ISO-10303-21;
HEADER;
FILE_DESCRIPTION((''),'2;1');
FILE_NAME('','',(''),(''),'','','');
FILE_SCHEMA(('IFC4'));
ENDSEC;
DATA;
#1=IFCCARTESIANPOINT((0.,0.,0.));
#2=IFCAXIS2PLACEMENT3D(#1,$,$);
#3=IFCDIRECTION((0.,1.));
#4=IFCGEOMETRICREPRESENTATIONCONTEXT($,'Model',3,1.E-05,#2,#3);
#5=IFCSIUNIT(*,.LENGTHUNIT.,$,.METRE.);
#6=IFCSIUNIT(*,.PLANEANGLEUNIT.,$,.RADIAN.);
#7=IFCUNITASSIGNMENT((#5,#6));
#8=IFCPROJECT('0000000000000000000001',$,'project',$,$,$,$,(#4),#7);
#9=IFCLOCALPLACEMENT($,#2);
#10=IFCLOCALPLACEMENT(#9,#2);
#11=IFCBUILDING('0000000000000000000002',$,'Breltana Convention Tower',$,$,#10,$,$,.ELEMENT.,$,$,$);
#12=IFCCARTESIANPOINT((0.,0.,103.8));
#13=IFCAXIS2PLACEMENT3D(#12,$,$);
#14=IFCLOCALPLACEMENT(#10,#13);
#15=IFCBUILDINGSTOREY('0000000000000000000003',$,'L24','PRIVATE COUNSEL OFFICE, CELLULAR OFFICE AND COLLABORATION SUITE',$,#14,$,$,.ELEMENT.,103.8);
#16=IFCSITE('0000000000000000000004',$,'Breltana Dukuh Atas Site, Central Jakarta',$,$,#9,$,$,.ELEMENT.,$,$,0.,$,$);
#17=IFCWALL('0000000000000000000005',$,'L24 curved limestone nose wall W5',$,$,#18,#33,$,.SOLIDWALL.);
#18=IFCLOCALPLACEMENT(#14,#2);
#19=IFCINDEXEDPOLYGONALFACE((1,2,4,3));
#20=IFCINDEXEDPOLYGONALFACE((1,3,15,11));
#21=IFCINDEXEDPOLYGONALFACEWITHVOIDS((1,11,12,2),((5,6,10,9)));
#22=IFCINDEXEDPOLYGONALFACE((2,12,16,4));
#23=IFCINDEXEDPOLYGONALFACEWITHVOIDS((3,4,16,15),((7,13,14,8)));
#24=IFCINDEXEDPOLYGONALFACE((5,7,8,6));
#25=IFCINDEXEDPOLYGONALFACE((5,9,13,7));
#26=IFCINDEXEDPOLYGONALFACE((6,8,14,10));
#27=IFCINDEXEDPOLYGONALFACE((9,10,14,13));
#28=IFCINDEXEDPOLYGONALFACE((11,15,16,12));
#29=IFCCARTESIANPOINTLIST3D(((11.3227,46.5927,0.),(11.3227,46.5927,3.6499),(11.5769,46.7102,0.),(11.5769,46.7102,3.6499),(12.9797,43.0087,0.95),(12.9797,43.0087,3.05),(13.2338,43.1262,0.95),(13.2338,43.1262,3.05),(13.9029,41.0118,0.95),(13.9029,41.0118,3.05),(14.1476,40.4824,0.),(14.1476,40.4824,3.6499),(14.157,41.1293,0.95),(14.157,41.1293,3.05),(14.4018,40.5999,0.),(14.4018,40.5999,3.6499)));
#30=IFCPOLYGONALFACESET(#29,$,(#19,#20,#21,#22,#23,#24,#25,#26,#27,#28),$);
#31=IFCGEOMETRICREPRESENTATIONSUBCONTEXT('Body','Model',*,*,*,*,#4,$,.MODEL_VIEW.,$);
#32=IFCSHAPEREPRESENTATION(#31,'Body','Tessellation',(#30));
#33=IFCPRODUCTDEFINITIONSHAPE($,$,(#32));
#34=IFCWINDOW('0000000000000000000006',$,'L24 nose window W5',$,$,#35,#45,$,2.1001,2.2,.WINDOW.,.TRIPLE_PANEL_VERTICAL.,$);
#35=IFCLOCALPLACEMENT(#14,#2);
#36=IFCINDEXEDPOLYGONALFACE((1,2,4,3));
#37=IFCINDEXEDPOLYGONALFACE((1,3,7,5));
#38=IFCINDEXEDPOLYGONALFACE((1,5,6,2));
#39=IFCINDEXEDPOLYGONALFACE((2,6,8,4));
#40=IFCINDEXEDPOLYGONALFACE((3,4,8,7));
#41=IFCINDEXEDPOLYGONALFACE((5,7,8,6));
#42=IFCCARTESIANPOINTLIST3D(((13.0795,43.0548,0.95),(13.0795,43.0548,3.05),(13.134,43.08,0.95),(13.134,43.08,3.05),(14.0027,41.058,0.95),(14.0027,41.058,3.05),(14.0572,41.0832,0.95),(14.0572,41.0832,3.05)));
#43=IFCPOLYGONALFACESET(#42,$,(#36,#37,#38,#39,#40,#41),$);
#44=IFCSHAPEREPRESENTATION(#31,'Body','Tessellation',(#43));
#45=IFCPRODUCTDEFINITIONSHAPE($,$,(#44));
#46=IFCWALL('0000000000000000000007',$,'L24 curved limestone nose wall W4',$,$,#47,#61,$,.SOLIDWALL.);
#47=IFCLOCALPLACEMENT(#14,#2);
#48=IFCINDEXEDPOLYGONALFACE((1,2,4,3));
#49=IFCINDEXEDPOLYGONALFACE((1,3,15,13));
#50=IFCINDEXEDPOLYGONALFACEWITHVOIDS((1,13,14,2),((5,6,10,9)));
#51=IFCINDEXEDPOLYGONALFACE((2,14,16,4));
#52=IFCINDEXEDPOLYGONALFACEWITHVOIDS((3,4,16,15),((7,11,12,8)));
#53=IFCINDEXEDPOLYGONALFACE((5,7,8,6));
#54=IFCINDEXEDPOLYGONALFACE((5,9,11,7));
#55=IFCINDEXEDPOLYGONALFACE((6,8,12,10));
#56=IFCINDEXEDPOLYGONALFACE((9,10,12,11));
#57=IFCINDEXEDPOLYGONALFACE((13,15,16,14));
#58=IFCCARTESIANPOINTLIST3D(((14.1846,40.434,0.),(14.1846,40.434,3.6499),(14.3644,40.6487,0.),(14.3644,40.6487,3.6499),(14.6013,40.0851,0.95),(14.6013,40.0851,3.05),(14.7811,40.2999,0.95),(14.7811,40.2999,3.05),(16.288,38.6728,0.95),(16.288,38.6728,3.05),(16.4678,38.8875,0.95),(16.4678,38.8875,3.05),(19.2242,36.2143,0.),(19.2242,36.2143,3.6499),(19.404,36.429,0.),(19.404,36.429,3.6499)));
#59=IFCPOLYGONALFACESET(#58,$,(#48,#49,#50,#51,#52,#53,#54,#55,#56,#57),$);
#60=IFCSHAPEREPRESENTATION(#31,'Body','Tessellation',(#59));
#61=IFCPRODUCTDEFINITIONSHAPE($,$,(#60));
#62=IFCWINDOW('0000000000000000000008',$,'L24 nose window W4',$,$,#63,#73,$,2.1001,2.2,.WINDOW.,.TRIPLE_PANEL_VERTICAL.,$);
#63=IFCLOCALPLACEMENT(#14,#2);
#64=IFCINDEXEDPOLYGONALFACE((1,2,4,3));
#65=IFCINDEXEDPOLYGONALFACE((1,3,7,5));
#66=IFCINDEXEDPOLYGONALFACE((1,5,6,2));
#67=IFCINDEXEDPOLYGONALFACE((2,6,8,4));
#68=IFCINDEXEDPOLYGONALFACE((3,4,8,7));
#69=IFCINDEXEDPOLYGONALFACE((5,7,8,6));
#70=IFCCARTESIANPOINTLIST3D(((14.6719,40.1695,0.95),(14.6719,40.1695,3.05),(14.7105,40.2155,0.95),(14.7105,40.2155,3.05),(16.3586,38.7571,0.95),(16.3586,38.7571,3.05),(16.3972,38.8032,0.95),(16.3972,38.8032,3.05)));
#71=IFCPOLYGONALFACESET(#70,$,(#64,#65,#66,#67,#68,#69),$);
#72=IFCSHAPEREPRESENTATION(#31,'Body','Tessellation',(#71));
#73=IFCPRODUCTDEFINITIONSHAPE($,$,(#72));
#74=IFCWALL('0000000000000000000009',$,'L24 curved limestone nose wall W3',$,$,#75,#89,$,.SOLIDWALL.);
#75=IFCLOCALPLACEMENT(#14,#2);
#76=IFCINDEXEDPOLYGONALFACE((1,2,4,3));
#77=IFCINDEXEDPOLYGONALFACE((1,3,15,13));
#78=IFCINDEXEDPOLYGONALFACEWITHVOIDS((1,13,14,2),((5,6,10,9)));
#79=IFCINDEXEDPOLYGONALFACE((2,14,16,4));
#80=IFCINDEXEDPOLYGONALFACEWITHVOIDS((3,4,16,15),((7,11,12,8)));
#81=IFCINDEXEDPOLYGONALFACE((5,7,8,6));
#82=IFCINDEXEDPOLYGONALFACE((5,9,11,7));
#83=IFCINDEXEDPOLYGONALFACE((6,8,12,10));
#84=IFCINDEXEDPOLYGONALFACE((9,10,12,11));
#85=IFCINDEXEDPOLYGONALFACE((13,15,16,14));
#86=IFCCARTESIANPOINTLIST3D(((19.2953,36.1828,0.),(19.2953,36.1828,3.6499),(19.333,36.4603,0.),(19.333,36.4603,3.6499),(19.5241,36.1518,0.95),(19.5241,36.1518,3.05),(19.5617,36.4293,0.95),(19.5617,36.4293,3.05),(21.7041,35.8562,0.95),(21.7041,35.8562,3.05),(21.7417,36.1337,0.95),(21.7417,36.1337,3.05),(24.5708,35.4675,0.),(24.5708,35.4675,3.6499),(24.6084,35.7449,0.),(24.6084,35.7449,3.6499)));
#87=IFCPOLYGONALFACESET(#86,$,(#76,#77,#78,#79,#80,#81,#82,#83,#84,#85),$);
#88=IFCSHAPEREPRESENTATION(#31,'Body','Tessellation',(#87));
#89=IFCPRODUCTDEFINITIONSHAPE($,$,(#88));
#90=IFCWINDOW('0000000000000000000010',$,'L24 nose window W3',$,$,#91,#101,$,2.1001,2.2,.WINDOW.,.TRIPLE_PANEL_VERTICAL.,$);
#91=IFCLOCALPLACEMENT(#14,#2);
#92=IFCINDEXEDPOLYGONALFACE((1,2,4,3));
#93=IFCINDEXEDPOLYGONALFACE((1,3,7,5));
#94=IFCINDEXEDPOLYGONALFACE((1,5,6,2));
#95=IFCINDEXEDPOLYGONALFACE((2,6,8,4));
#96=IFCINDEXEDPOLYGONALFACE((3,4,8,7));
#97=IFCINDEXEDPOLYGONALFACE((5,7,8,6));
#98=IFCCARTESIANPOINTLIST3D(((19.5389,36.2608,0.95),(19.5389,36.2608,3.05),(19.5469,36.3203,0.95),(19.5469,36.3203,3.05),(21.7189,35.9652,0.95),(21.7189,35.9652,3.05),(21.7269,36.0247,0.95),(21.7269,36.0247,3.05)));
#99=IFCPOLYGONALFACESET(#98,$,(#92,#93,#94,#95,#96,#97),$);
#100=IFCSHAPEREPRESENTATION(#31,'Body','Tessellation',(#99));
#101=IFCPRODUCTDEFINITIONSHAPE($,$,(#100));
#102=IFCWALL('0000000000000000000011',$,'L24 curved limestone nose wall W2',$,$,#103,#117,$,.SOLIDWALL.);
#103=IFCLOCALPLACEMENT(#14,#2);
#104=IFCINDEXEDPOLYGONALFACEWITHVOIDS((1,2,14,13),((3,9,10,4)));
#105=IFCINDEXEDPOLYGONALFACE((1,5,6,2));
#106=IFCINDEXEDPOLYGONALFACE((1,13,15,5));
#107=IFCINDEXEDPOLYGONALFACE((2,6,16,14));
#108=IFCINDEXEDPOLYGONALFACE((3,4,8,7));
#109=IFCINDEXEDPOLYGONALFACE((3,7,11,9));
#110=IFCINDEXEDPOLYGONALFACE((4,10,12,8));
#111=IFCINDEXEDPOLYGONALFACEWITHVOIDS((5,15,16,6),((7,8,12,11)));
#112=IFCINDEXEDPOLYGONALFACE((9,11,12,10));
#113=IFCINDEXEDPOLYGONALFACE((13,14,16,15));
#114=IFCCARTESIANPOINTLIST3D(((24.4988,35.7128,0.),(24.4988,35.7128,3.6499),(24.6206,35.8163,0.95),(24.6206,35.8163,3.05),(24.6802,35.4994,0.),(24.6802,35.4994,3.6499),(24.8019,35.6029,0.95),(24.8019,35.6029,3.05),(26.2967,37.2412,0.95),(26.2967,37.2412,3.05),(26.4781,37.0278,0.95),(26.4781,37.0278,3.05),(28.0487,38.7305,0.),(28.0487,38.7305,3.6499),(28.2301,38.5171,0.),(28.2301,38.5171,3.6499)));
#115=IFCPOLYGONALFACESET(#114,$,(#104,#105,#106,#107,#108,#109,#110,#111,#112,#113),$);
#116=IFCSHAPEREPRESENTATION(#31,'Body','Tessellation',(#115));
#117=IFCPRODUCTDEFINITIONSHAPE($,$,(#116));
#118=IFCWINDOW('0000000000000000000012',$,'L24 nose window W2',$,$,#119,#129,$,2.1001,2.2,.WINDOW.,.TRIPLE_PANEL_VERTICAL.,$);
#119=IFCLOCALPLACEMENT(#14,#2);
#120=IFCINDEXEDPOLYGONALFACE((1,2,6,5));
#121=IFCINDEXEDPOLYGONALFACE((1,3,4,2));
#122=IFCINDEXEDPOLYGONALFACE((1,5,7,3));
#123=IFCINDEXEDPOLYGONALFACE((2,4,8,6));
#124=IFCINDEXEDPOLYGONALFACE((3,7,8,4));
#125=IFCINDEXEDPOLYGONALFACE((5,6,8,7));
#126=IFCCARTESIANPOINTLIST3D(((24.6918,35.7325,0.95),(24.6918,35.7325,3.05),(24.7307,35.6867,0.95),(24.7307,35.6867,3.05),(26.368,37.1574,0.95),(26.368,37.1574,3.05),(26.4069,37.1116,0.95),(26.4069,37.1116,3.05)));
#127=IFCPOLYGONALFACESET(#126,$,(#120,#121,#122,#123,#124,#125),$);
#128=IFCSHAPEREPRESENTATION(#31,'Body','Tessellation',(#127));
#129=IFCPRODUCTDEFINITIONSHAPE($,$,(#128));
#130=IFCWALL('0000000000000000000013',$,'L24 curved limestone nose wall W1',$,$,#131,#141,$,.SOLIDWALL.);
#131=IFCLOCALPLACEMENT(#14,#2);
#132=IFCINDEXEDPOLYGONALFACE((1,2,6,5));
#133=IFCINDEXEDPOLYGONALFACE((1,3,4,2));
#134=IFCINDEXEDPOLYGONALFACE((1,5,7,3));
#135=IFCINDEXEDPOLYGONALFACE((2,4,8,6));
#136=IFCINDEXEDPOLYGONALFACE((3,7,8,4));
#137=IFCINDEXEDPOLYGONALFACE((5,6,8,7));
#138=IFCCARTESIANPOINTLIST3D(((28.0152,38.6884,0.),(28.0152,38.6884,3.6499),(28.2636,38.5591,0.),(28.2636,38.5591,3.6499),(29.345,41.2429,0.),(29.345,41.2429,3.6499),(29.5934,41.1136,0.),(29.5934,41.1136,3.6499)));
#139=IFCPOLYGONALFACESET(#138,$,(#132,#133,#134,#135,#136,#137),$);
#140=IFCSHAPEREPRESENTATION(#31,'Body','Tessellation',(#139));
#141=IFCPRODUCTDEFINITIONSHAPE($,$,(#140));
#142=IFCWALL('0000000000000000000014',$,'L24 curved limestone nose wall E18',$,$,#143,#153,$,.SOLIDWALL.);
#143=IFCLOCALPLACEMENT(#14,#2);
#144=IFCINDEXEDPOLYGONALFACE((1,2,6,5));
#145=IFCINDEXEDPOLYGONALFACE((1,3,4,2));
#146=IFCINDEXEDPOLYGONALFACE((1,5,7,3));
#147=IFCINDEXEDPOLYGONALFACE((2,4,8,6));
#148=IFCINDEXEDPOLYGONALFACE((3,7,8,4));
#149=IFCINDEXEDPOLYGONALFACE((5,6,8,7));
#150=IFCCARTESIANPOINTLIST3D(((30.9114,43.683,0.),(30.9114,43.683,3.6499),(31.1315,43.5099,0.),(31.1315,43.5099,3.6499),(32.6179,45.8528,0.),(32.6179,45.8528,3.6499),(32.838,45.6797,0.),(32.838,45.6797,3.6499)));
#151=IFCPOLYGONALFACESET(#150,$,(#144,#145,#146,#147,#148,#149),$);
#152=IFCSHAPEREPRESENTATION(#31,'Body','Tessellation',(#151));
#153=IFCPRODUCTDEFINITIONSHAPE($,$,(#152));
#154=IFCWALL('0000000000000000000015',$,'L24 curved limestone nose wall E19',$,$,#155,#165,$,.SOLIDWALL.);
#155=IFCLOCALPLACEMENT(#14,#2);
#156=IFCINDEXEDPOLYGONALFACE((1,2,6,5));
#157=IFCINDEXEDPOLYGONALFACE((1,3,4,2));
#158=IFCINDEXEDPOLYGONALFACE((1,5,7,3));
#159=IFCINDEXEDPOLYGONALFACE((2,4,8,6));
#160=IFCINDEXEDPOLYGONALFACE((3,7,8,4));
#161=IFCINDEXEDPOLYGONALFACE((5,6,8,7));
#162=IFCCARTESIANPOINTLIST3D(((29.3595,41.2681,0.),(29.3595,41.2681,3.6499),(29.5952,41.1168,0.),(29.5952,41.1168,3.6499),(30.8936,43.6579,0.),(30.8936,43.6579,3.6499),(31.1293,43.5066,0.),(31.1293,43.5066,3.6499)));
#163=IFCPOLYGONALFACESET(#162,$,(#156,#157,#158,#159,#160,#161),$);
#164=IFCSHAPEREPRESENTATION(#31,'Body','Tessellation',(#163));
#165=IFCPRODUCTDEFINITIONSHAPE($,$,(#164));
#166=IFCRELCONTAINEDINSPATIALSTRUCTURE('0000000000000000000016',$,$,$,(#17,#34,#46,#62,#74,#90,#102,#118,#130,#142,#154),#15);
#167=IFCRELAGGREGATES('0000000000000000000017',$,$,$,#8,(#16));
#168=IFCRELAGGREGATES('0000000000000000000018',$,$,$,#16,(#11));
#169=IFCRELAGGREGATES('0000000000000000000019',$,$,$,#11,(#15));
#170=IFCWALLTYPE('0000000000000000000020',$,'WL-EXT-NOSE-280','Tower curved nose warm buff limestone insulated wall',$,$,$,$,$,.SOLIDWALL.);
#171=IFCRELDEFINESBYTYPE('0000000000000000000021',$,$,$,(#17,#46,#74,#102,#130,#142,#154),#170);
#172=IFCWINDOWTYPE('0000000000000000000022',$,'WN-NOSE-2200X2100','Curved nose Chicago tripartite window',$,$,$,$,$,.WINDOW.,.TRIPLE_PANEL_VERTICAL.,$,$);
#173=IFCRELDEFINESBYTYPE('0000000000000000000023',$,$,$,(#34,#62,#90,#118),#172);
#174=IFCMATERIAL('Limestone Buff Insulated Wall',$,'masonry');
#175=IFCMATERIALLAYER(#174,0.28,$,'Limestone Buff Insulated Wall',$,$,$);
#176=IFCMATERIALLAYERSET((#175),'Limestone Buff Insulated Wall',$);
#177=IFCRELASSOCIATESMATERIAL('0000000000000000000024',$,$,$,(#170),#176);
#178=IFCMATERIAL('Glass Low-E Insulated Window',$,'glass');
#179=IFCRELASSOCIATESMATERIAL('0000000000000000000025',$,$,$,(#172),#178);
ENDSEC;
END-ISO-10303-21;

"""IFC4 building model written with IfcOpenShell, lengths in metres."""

from ifc_helpers import new_model, si_unit, direction, frame, frame_2d, origin, place, context, subcontext, project, spatial, rectangle, extrude, source, transform, mapped, material, layer, layer_set, type_object, type_shapes, element, fill, save


model = new_model("IFC4")

# Units and contexts
model_context = context("Model", 3, precision=1e-05, world=origin(), true_north=direction((0.0, 1.0)))
body_context = subcontext(model_context, "Body", "Model", "MODEL_VIEW")
ifc_project = project(units=[si_unit("LENGTHUNIT", "METRE"), si_unit("PLANEANGLEUNIT", "RADIAN")], contexts=[model_context])

# Site, building, storey
site_placement = place(None, origin())
site = spatial("IfcSite", under=ifc_project, at=site_placement, Name="Breltana Dukuh Atas Site, Central Jakarta", CompositionType="ELEMENT", RefElevation=0.0)
building_placement = place(site_placement, origin())
building = spatial("IfcBuilding", under=site, at=building_placement, Name="Breltana Convention Tower", CompositionType="ELEMENT")
storey_placement = place(building_placement, frame((0.0, 0.0, 103.8)))
storey = spatial("IfcBuildingStorey", under=building, at=storey_placement, Name="L24", Description="PRIVATE COUNSEL OFFICE, CELLULAR OFFICE AND COLLABORATION SUITE", CompositionType="ELEMENT", Elevation=103.8)

# Walls, openings, windows
ifc_material_1 = material(Name="Limestone Buff Insulated Wall", Category="masonry")
ifc_layer_1 = layer(ifc_material_1, 0.28, Name="Limestone Buff Insulated Wall")
ifc_layer_set_1 = layer_set([ifc_layer_1], Name="Limestone Buff Insulated Wall")
wall_type_1 = type_object("IfcWallType", Name="WL-EXT-NOSE-280", Description="Tower curved nose warm buff limestone insulated wall", PredefinedType="SOLIDWALL", material=ifc_layer_set_1)
shared_shape_1 = source(origin(), body_context, "Body", "SweptSolid", [
    extrude(rectangle(XDim=6.7317, YDim=0.28, at=frame_2d((3.3657, 0.0))), origin(), (0.0, 0.0, 1.0), 3.6499),
])
wall_1_placement = place(storey_placement, frame((14.2747, 40.5413, 0.0), z_axis=(0.0, 0.0, 1.0), x_axis=(-0.419645, 0.907689, 0.0)))
wall_1 = element("IfcWall", 1, at=wall_1_placement, inside=storey, type_object=wall_type_1, Name="L24 curved limestone nose wall W5", PredefinedType="SOLIDWALL", context=body_context, shape_type="MappedRepresentation", body=[
    mapped(shared_shape_1, transform((0.0, 0.0, 0.0), scale=1.0)),
])
opening_1_placement = place(wall_1_placement, frame((0.583, 0.0, 0.95)))
opening_1 = element("IfcOpeningElement", 2, at=opening_1_placement, cuts=wall_1, PredefinedType="OPENING", context=body_context, shape_type="SweptSolid", body=[
    extrude(rectangle(XDim=2.2, YDim=2.1001, at=frame_2d((1.1001, 1.05))), frame((0.0, 0.1499, 0.0), z_axis=(0.0, -1.0, 0.0), x_axis=(1.0, 0.0, 0.0)), (0.0, 0.0, 1.0), 0.3),
])
ifc_material_2 = material(Name="Glass Low-E Insulated Window", Category="glass")
window_type = type_object("IfcWindowType", Name="WN-NOSE-2200X2100", Description="Curved nose Chicago tripartite window", PartitioningType="TRIPLE_PANEL_VERTICAL", PredefinedType="WINDOW", material=ifc_material_2)
shared_shape_2 = source(origin(), body_context, "Body", "SweptSolid", [
    extrude(rectangle(XDim=2.2, YDim=2.1001, at=frame_2d((1.1001, 1.05))), frame((0.0, 0.03, 0.0), z_axis=(0.0, -1.0, 0.0), x_axis=(1.0, 0.0, 0.0)), (0.0, 0.0, 1.0), 0.0601),
])
type_shapes(window_type, [shared_shape_2])
window_1_placement = place(opening_1_placement, origin())
window_1 = element("IfcWindow", 3, at=window_1_placement, inside=storey, type_object=window_type, Name="L24 nose window W5", OverallHeight=2.1001, OverallWidth=2.2, PartitioningType="TRIPLE_PANEL_VERTICAL", PredefinedType="WINDOW", context=body_context, shape_type="MappedRepresentation", body=[
    mapped(shared_shape_2, transform((0.0, 0.0, 0.0), scale=1.0)),
])
fill(opening_1, window_1)
shared_shape_3 = source(origin(), body_context, "Body", "SweptSolid", [
    extrude(rectangle(XDim=6.573, YDim=0.28, at=frame_2d((3.2866, 0.0))), origin(), (0.0, 0.0, 1.0), 3.6499),
])
wall_2_placement = place(storey_placement, frame((19.3142, 36.3215, 0.0), z_axis=(0.0, 0.0, 1.0), x_axis=(-0.766715, 0.641987, 0.0)))
wall_2 = element("IfcWall", 4, at=wall_2_placement, inside=storey, type_object=wall_type_1, Name="L24 curved limestone nose wall W4", PredefinedType="SOLIDWALL", context=body_context, shape_type="MappedRepresentation", body=[
    mapped(shared_shape_3, transform((0.0, 0.0, 0.0), scale=1.0)),
])
opening_2_placement = place(wall_2_placement, frame((3.8296, 0.0, 0.95)))
opening_2 = element("IfcOpeningElement", 5, at=opening_2_placement, cuts=wall_2, PredefinedType="OPENING", context=body_context, shape_type="SweptSolid", body=[
    extrude(rectangle(XDim=2.2, YDim=2.1001, at=frame_2d((1.1001, 1.05))), frame((0.0, 0.1499, 0.0), z_axis=(0.0, -1.0, 0.0), x_axis=(1.0, 0.0, 0.0)), (0.0, 0.0, 1.0), 0.3),
])
window_2_placement = place(opening_2_placement, origin())
window_2 = element("IfcWindow", 6, at=window_2_placement, inside=storey, type_object=window_type, Name="L24 nose window W4", OverallHeight=2.1001, OverallWidth=2.2, PartitioningType="TRIPLE_PANEL_VERTICAL", PredefinedType="WINDOW", context=body_context, shape_type="MappedRepresentation", body=[
    mapped(shared_shape_2, transform((0.0, 0.0, 0.0), scale=1.0)),
])
fill(opening_2, window_2)
shared_shape_4 = source(origin(), body_context, "Body", "SweptSolid", [
    extrude(rectangle(XDim=5.3237, YDim=0.28, at=frame_2d((2.6619, 0.0))), origin(), (0.0, 0.0, 1.0), 3.6499),
])
wall_3_placement = place(storey_placement, frame((24.5896, 35.6062, 0.0), z_axis=(0.0, 0.0, 1.0), x_axis=(-0.990931, 0.134368, 0.0)))
wall_3 = element("IfcWall", 7, at=wall_3_placement, inside=storey, type_object=wall_type_1, Name="L24 curved limestone nose wall W3", PredefinedType="SOLIDWALL", context=body_context, shape_type="MappedRepresentation", body=[
    mapped(shared_shape_4, transform((0.0, 0.0, 0.0), scale=1.0)),
])
opening_3_placement = place(wall_3_placement, frame((2.8928, 0.0, 0.95)))
opening_3 = element("IfcOpeningElement", 8, at=opening_3_placement, cuts=wall_3, PredefinedType="OPENING", context=body_context, shape_type="SweptSolid", body=[
    extrude(rectangle(XDim=2.2, YDim=2.1001, at=frame_2d((1.1001, 1.05))), frame((0.0, 0.1499, 0.0), z_axis=(0.0, -1.0, 0.0), x_axis=(1.0, 0.0, 0.0)), (0.0, 0.0, 1.0), 0.3),
])
window_3_placement = place(opening_3_placement, origin())
window_3 = element("IfcWindow", 9, at=window_3_placement, inside=storey, type_object=window_type, Name="L24 nose window W3", OverallHeight=2.1001, OverallWidth=2.2, PartitioningType="TRIPLE_PANEL_VERTICAL", PredefinedType="WINDOW", context=body_context, shape_type="MappedRepresentation", body=[
    mapped(shared_shape_2, transform((0.0, 0.0, 0.0), scale=1.0)),
])
fill(opening_3, window_3)
shared_shape_5 = source(origin(), body_context, "Body", "SweptSolid", [
    extrude(rectangle(XDim=4.6592, YDim=0.28, at=frame_2d((2.3296, 0.0))), origin(), (0.0, 0.0, 1.0), 3.6499),
])
wall_4_placement = place(storey_placement, frame((28.1394, 38.6238, 0.0), z_axis=(0.0, 0.0, 1.0), x_axis=(-0.761913, -0.647679, 0.0)))
wall_4 = element("IfcWall", 10, at=wall_4_placement, inside=storey, type_object=wall_type_1, Name="L24 curved limestone nose wall W2", PredefinedType="SOLIDWALL", context=body_context, shape_type="MappedRepresentation", body=[
    mapped(shared_shape_5, transform((0.0, 0.0, 0.0), scale=1.0)),
])
opening_4_placement = place(wall_4_placement, frame((2.2993, 0.0, 0.95)))
opening_4 = element("IfcOpeningElement", 11, at=opening_4_placement, cuts=wall_4, PredefinedType="OPENING", context=body_context, shape_type="SweptSolid", body=[
    extrude(rectangle(XDim=2.2, YDim=2.1001, at=frame_2d((1.1001, 1.05))), frame((0.0, 0.1499, 0.0), z_axis=(0.0, -1.0, 0.0), x_axis=(1.0, 0.0, 0.0)), (0.0, 0.0, 1.0), 0.3),
])
window_4_placement = place(opening_4_placement, origin())
window_4 = element("IfcWindow", 12, at=window_4_placement, inside=storey, type_object=window_type, Name="L24 nose window W2", OverallHeight=2.1001, OverallWidth=2.2, PartitioningType="TRIPLE_PANEL_VERTICAL", PredefinedType="WINDOW", context=body_context, shape_type="MappedRepresentation", body=[
    mapped(shared_shape_2, transform((0.0, 0.0, 0.0), scale=1.0)),
])
fill(opening_4, window_4)

# Walls
shared_shape_6 = source(origin(), body_context, "Body", "SweptSolid", [
    extrude(rectangle(XDim=2.8799, YDim=0.28, at=frame_2d((1.4399, 0.0))), origin(), (0.0, 0.0, 1.0), 3.6499),
])
wall_5_placement = place(storey_placement, frame((29.4692, 41.1782, 0.0), z_axis=(0.0, 0.0, 1.0), x_axis=(-0.461769, -0.887, 0.0)))
element("IfcWall", 13, at=wall_5_placement, inside=storey, type_object=wall_type_1, Name="L24 curved limestone nose wall W1", PredefinedType="SOLIDWALL", context=body_context, shape_type="MappedRepresentation", body=[
    mapped(shared_shape_6, transform((0.0, 0.0, 0.0), scale=1.0)),
])
shared_shape_7 = source(origin(), body_context, "Body", "SweptSolid", [
    extrude(rectangle(XDim=2.7605, YDim=0.28, at=frame_2d((1.3804, 0.0))), origin(), (0.0, 0.0, 1.0), 3.6499),
])
wall_6_placement = place(storey_placement, frame((32.728, 45.7664, 0.0), z_axis=(0.0, 0.0, 1.0), x_axis=(-0.618181, -0.786036, 0.0)))
element("IfcWall", 14, at=wall_6_placement, inside=storey, type_object=wall_type_1, Name="L24 curved limestone nose wall E18", PredefinedType="SOLIDWALL", context=body_context, shape_type="MappedRepresentation", body=[
    mapped(shared_shape_7, transform((0.0, 0.0, 0.0), scale=1.0)),
])
shared_shape_8 = source(origin(), body_context, "Body", "SweptSolid", [
    extrude(rectangle(XDim=2.8398, YDim=0.28, at=frame_2d((1.4199, 0.0))), origin(), (0.0, 0.0, 1.0), 3.6499),
])
wall_7_placement = place(storey_placement, frame((31.0115, 43.5823, 0.0), z_axis=(0.0, 0.0, 1.0), x_axis=(-0.540214, -0.841527, 0.0)))
element("IfcWall", 15, at=wall_7_placement, inside=storey, type_object=wall_type_1, Name="L24 curved limestone nose wall E19", PredefinedType="SOLIDWALL", context=body_context, shape_type="MappedRepresentation", body=[
    mapped(shared_shape_8, transform((0.0, 0.0, 0.0), scale=1.0)),
])

save(model, "model.ifc")
